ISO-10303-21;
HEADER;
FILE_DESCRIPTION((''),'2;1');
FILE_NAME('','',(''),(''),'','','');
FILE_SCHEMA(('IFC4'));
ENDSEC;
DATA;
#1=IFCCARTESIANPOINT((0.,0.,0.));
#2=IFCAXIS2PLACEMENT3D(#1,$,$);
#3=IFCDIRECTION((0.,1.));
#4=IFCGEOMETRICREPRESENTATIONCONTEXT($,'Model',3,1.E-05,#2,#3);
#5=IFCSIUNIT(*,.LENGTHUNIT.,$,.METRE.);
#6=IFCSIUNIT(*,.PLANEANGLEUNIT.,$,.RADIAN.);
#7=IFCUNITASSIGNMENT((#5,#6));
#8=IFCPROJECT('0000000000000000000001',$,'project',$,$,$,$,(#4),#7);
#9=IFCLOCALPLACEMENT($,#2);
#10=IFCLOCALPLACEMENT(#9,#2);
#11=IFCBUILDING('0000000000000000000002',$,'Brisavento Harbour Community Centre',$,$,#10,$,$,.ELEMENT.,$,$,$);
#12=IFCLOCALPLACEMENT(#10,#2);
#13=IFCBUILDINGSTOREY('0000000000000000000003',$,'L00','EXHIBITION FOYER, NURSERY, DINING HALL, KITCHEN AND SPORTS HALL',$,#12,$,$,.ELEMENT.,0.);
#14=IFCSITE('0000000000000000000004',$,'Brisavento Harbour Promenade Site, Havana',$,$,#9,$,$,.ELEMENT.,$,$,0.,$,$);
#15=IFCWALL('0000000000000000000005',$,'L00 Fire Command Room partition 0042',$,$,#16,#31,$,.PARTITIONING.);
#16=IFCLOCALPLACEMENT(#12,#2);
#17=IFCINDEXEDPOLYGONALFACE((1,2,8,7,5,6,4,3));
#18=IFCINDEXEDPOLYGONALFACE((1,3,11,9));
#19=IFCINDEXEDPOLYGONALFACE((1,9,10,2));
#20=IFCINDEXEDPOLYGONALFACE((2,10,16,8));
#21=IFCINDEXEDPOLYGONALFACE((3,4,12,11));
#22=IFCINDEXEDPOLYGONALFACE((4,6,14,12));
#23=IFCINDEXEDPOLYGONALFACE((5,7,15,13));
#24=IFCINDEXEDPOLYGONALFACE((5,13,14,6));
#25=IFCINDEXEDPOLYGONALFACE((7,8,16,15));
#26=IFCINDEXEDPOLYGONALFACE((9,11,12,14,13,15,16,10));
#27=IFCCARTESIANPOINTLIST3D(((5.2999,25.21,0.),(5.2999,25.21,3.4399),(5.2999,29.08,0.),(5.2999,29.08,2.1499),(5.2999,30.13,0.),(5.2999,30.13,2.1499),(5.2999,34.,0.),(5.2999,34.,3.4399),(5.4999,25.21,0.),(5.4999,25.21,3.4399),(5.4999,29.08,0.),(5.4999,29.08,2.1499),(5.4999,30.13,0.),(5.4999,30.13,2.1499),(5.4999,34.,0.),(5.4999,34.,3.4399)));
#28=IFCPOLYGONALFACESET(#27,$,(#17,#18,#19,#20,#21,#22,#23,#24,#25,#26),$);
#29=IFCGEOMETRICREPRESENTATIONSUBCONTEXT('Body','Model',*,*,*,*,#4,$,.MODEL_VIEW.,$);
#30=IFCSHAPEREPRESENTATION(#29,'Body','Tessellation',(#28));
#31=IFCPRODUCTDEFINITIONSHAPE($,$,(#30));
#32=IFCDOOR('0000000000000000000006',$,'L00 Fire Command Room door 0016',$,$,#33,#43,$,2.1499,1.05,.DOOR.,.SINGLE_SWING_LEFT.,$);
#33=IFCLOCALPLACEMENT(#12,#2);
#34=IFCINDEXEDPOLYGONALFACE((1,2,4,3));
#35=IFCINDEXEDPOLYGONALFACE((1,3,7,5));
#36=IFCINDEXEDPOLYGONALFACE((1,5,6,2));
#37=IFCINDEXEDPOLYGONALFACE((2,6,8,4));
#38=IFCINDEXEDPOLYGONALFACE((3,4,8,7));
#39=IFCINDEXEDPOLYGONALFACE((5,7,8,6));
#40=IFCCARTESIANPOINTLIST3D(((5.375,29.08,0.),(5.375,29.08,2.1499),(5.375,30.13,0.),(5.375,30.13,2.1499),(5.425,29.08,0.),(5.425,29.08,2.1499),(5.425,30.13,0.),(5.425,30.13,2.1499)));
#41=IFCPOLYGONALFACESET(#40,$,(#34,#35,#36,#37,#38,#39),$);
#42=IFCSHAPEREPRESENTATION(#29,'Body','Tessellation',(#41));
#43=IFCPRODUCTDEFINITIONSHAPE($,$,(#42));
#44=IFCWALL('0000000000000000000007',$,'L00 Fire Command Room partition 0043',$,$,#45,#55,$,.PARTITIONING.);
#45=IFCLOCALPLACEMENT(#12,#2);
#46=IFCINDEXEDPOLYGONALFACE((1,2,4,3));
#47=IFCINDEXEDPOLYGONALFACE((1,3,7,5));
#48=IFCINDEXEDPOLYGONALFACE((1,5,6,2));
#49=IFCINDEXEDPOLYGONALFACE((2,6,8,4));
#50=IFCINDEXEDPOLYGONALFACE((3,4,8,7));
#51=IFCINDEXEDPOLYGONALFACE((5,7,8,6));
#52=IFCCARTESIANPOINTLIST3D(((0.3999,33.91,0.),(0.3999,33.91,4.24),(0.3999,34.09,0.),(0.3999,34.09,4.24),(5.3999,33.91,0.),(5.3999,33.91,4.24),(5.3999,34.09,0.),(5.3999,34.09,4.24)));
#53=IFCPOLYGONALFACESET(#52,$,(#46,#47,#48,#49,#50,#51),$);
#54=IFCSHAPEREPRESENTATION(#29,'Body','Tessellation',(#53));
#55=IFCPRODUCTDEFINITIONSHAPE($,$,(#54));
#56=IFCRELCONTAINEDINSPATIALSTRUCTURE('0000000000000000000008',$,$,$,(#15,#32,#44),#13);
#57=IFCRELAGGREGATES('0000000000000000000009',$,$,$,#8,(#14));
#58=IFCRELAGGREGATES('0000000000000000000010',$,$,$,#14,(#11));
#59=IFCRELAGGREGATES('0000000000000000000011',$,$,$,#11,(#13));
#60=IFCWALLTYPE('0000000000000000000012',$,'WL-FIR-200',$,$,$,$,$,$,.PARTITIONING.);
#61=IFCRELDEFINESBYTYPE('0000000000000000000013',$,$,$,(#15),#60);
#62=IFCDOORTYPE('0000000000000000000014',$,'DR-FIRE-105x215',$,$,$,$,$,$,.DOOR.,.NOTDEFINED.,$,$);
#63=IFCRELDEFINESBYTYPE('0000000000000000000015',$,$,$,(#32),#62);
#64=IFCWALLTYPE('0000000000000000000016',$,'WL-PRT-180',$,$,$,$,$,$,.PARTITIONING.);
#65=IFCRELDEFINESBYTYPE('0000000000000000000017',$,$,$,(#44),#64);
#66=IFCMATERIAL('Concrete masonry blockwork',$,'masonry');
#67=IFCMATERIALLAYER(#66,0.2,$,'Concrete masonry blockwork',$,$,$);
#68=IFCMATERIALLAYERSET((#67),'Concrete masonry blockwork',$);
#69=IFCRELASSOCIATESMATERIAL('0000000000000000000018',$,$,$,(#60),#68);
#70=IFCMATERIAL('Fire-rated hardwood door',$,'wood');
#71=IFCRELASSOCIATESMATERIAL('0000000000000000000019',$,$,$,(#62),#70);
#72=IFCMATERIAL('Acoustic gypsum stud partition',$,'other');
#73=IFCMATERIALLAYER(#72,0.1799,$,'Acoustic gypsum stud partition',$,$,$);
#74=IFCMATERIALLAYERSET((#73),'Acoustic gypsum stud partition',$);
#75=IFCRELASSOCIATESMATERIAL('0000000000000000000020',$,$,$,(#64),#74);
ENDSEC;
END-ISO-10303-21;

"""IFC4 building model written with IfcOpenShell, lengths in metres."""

from ifc_helpers import new_model, si_unit, direction, frame, frame_2d, origin, place, context, subcontext, project, spatial, rectangle, extrude, material, layer, layer_set, type_object, element, fill, save


model = new_model("IFC4")

# Units and contexts
model_context = context("Model", 3, precision=1e-05, world=origin(), true_north=direction((0.0, 1.0)))
body_context = subcontext(model_context, "Body", "Model", "MODEL_VIEW")
ifc_project = project(units=[si_unit("LENGTHUNIT", "METRE"), si_unit("PLANEANGLEUNIT", "RADIAN")], contexts=[model_context])

# Site, building, storey
site_placement = place(None, origin())
site = spatial("IfcSite", under=ifc_project, at=site_placement, Name="Brisavento Harbour Promenade Site, Havana", CompositionType="ELEMENT", RefElevation=0.0)
building_placement = place(site_placement, origin())
building = spatial("IfcBuilding", under=site, at=building_placement, Name="Brisavento Harbour Community Centre", CompositionType="ELEMENT")
storey_placement = place(building_placement, origin())
storey = spatial("IfcBuildingStorey", under=building, at=storey_placement, Name="L00", Description="EXHIBITION FOYER, NURSERY, DINING HALL, KITCHEN AND SPORTS HALL", CompositionType="ELEMENT", Elevation=0.0)

# Wall, opening, door
ifc_material_1 = material(Name="Concrete masonry blockwork", Category="masonry")
ifc_layer_1 = layer(ifc_material_1, 0.2, Name="Concrete masonry blockwork")
ifc_layer_set_1 = layer_set([ifc_layer_1], Name="Concrete masonry blockwork")
wall_type_1 = type_object("IfcWallType", Name="WL-FIR-200", PredefinedType="PARTITIONING", material=ifc_layer_set_1)
wall_1_placement = place(storey_placement, frame((5.3999, 25.21, 0.0), z_axis=(0.0, 0.0, 1.0), x_axis=(0.0, 1.0, 0.0)))
wall_1 = element("IfcWall", 1, at=wall_1_placement, inside=storey, type_object=wall_type_1, Name="L00 Fire Command Room partition 0042", PredefinedType="PARTITIONING", context=body_context, shape_type="SweptSolid", body=[
    extrude(rectangle(XDim=8.79, YDim=0.2, at=frame_2d((4.395, 0.0))), origin(), (0.0, 0.0, 1.0), 3.4399),
])
opening_1_placement = place(wall_1_placement, frame((3.8701, 0.0, 0.0)))
opening_1 = element("IfcOpeningElement", 2, at=opening_1_placement, cuts=wall_1, PredefinedType="OPENING", context=body_context, shape_type="SweptSolid", body=[
    extrude(rectangle(XDim=1.05, YDim=2.1499, at=frame_2d((0.5249, 1.075))), frame((0.0, 0.1099, 0.0), z_axis=(0.0, -1.0, 0.0), x_axis=(1.0, 0.0, 0.0)), (0.0, 0.0, 1.0), 0.22),
])
ifc_material_2 = material(Name="Fire-rated hardwood door", Category="wood")
door_type_1 = type_object("IfcDoorType", Name="DR-FIRE-105x215", OperationType="NOTDEFINED", PredefinedType="DOOR", material=ifc_material_2)
door_1_placement = place(opening_1_placement, origin())
door_1 = element("IfcDoor", 3, at=door_1_placement, inside=storey, type_object=door_type_1, Name="L00 Fire Command Room door 0016", OperationType="SINGLE_SWING_LEFT", OverallHeight=2.1499, OverallWidth=1.05, PredefinedType="DOOR", context=body_context, shape_type="SweptSolid", body=[
    extrude(rectangle(XDim=1.05, YDim=2.1499, at=frame_2d((0.5249, 1.075))), frame((0.0, 0.0249, 0.0), z_axis=(0.0, -1.0, 0.0), x_axis=(1.0, 0.0, 0.0)), (0.0, 0.0, 1.0), 0.05),
])
fill(opening_1, door_1)

# Wall
ifc_material_3 = material(Name="Acoustic gypsum stud partition", Category="other")
ifc_layer_2 = layer(ifc_material_3, 0.1799, Name="Acoustic gypsum stud partition")
ifc_layer_set_2 = layer_set([ifc_layer_2], Name="Acoustic gypsum stud partition")
wall_type_2 = type_object("IfcWallType", Name="WL-PRT-180", PredefinedType="PARTITIONING", material=ifc_layer_set_2)
wall_2_placement = place(storey_placement, frame((5.3999, 34.0, 0.0), z_axis=(0.0, 0.0, 1.0), x_axis=(-1.0, 0.0, 0.0)))
element("IfcWall", 4, at=wall_2_placement, inside=storey, type_object=wall_type_2, Name="L00 Fire Command Room partition 0043", PredefinedType="PARTITIONING", context=body_context, shape_type="SweptSolid", body=[
    extrude(rectangle(XDim=5.0, YDim=0.1799, at=frame_2d((2.5, 0.0))), origin(), (0.0, 0.0, 1.0), 4.24),
])

save(model, "model.ifc")
